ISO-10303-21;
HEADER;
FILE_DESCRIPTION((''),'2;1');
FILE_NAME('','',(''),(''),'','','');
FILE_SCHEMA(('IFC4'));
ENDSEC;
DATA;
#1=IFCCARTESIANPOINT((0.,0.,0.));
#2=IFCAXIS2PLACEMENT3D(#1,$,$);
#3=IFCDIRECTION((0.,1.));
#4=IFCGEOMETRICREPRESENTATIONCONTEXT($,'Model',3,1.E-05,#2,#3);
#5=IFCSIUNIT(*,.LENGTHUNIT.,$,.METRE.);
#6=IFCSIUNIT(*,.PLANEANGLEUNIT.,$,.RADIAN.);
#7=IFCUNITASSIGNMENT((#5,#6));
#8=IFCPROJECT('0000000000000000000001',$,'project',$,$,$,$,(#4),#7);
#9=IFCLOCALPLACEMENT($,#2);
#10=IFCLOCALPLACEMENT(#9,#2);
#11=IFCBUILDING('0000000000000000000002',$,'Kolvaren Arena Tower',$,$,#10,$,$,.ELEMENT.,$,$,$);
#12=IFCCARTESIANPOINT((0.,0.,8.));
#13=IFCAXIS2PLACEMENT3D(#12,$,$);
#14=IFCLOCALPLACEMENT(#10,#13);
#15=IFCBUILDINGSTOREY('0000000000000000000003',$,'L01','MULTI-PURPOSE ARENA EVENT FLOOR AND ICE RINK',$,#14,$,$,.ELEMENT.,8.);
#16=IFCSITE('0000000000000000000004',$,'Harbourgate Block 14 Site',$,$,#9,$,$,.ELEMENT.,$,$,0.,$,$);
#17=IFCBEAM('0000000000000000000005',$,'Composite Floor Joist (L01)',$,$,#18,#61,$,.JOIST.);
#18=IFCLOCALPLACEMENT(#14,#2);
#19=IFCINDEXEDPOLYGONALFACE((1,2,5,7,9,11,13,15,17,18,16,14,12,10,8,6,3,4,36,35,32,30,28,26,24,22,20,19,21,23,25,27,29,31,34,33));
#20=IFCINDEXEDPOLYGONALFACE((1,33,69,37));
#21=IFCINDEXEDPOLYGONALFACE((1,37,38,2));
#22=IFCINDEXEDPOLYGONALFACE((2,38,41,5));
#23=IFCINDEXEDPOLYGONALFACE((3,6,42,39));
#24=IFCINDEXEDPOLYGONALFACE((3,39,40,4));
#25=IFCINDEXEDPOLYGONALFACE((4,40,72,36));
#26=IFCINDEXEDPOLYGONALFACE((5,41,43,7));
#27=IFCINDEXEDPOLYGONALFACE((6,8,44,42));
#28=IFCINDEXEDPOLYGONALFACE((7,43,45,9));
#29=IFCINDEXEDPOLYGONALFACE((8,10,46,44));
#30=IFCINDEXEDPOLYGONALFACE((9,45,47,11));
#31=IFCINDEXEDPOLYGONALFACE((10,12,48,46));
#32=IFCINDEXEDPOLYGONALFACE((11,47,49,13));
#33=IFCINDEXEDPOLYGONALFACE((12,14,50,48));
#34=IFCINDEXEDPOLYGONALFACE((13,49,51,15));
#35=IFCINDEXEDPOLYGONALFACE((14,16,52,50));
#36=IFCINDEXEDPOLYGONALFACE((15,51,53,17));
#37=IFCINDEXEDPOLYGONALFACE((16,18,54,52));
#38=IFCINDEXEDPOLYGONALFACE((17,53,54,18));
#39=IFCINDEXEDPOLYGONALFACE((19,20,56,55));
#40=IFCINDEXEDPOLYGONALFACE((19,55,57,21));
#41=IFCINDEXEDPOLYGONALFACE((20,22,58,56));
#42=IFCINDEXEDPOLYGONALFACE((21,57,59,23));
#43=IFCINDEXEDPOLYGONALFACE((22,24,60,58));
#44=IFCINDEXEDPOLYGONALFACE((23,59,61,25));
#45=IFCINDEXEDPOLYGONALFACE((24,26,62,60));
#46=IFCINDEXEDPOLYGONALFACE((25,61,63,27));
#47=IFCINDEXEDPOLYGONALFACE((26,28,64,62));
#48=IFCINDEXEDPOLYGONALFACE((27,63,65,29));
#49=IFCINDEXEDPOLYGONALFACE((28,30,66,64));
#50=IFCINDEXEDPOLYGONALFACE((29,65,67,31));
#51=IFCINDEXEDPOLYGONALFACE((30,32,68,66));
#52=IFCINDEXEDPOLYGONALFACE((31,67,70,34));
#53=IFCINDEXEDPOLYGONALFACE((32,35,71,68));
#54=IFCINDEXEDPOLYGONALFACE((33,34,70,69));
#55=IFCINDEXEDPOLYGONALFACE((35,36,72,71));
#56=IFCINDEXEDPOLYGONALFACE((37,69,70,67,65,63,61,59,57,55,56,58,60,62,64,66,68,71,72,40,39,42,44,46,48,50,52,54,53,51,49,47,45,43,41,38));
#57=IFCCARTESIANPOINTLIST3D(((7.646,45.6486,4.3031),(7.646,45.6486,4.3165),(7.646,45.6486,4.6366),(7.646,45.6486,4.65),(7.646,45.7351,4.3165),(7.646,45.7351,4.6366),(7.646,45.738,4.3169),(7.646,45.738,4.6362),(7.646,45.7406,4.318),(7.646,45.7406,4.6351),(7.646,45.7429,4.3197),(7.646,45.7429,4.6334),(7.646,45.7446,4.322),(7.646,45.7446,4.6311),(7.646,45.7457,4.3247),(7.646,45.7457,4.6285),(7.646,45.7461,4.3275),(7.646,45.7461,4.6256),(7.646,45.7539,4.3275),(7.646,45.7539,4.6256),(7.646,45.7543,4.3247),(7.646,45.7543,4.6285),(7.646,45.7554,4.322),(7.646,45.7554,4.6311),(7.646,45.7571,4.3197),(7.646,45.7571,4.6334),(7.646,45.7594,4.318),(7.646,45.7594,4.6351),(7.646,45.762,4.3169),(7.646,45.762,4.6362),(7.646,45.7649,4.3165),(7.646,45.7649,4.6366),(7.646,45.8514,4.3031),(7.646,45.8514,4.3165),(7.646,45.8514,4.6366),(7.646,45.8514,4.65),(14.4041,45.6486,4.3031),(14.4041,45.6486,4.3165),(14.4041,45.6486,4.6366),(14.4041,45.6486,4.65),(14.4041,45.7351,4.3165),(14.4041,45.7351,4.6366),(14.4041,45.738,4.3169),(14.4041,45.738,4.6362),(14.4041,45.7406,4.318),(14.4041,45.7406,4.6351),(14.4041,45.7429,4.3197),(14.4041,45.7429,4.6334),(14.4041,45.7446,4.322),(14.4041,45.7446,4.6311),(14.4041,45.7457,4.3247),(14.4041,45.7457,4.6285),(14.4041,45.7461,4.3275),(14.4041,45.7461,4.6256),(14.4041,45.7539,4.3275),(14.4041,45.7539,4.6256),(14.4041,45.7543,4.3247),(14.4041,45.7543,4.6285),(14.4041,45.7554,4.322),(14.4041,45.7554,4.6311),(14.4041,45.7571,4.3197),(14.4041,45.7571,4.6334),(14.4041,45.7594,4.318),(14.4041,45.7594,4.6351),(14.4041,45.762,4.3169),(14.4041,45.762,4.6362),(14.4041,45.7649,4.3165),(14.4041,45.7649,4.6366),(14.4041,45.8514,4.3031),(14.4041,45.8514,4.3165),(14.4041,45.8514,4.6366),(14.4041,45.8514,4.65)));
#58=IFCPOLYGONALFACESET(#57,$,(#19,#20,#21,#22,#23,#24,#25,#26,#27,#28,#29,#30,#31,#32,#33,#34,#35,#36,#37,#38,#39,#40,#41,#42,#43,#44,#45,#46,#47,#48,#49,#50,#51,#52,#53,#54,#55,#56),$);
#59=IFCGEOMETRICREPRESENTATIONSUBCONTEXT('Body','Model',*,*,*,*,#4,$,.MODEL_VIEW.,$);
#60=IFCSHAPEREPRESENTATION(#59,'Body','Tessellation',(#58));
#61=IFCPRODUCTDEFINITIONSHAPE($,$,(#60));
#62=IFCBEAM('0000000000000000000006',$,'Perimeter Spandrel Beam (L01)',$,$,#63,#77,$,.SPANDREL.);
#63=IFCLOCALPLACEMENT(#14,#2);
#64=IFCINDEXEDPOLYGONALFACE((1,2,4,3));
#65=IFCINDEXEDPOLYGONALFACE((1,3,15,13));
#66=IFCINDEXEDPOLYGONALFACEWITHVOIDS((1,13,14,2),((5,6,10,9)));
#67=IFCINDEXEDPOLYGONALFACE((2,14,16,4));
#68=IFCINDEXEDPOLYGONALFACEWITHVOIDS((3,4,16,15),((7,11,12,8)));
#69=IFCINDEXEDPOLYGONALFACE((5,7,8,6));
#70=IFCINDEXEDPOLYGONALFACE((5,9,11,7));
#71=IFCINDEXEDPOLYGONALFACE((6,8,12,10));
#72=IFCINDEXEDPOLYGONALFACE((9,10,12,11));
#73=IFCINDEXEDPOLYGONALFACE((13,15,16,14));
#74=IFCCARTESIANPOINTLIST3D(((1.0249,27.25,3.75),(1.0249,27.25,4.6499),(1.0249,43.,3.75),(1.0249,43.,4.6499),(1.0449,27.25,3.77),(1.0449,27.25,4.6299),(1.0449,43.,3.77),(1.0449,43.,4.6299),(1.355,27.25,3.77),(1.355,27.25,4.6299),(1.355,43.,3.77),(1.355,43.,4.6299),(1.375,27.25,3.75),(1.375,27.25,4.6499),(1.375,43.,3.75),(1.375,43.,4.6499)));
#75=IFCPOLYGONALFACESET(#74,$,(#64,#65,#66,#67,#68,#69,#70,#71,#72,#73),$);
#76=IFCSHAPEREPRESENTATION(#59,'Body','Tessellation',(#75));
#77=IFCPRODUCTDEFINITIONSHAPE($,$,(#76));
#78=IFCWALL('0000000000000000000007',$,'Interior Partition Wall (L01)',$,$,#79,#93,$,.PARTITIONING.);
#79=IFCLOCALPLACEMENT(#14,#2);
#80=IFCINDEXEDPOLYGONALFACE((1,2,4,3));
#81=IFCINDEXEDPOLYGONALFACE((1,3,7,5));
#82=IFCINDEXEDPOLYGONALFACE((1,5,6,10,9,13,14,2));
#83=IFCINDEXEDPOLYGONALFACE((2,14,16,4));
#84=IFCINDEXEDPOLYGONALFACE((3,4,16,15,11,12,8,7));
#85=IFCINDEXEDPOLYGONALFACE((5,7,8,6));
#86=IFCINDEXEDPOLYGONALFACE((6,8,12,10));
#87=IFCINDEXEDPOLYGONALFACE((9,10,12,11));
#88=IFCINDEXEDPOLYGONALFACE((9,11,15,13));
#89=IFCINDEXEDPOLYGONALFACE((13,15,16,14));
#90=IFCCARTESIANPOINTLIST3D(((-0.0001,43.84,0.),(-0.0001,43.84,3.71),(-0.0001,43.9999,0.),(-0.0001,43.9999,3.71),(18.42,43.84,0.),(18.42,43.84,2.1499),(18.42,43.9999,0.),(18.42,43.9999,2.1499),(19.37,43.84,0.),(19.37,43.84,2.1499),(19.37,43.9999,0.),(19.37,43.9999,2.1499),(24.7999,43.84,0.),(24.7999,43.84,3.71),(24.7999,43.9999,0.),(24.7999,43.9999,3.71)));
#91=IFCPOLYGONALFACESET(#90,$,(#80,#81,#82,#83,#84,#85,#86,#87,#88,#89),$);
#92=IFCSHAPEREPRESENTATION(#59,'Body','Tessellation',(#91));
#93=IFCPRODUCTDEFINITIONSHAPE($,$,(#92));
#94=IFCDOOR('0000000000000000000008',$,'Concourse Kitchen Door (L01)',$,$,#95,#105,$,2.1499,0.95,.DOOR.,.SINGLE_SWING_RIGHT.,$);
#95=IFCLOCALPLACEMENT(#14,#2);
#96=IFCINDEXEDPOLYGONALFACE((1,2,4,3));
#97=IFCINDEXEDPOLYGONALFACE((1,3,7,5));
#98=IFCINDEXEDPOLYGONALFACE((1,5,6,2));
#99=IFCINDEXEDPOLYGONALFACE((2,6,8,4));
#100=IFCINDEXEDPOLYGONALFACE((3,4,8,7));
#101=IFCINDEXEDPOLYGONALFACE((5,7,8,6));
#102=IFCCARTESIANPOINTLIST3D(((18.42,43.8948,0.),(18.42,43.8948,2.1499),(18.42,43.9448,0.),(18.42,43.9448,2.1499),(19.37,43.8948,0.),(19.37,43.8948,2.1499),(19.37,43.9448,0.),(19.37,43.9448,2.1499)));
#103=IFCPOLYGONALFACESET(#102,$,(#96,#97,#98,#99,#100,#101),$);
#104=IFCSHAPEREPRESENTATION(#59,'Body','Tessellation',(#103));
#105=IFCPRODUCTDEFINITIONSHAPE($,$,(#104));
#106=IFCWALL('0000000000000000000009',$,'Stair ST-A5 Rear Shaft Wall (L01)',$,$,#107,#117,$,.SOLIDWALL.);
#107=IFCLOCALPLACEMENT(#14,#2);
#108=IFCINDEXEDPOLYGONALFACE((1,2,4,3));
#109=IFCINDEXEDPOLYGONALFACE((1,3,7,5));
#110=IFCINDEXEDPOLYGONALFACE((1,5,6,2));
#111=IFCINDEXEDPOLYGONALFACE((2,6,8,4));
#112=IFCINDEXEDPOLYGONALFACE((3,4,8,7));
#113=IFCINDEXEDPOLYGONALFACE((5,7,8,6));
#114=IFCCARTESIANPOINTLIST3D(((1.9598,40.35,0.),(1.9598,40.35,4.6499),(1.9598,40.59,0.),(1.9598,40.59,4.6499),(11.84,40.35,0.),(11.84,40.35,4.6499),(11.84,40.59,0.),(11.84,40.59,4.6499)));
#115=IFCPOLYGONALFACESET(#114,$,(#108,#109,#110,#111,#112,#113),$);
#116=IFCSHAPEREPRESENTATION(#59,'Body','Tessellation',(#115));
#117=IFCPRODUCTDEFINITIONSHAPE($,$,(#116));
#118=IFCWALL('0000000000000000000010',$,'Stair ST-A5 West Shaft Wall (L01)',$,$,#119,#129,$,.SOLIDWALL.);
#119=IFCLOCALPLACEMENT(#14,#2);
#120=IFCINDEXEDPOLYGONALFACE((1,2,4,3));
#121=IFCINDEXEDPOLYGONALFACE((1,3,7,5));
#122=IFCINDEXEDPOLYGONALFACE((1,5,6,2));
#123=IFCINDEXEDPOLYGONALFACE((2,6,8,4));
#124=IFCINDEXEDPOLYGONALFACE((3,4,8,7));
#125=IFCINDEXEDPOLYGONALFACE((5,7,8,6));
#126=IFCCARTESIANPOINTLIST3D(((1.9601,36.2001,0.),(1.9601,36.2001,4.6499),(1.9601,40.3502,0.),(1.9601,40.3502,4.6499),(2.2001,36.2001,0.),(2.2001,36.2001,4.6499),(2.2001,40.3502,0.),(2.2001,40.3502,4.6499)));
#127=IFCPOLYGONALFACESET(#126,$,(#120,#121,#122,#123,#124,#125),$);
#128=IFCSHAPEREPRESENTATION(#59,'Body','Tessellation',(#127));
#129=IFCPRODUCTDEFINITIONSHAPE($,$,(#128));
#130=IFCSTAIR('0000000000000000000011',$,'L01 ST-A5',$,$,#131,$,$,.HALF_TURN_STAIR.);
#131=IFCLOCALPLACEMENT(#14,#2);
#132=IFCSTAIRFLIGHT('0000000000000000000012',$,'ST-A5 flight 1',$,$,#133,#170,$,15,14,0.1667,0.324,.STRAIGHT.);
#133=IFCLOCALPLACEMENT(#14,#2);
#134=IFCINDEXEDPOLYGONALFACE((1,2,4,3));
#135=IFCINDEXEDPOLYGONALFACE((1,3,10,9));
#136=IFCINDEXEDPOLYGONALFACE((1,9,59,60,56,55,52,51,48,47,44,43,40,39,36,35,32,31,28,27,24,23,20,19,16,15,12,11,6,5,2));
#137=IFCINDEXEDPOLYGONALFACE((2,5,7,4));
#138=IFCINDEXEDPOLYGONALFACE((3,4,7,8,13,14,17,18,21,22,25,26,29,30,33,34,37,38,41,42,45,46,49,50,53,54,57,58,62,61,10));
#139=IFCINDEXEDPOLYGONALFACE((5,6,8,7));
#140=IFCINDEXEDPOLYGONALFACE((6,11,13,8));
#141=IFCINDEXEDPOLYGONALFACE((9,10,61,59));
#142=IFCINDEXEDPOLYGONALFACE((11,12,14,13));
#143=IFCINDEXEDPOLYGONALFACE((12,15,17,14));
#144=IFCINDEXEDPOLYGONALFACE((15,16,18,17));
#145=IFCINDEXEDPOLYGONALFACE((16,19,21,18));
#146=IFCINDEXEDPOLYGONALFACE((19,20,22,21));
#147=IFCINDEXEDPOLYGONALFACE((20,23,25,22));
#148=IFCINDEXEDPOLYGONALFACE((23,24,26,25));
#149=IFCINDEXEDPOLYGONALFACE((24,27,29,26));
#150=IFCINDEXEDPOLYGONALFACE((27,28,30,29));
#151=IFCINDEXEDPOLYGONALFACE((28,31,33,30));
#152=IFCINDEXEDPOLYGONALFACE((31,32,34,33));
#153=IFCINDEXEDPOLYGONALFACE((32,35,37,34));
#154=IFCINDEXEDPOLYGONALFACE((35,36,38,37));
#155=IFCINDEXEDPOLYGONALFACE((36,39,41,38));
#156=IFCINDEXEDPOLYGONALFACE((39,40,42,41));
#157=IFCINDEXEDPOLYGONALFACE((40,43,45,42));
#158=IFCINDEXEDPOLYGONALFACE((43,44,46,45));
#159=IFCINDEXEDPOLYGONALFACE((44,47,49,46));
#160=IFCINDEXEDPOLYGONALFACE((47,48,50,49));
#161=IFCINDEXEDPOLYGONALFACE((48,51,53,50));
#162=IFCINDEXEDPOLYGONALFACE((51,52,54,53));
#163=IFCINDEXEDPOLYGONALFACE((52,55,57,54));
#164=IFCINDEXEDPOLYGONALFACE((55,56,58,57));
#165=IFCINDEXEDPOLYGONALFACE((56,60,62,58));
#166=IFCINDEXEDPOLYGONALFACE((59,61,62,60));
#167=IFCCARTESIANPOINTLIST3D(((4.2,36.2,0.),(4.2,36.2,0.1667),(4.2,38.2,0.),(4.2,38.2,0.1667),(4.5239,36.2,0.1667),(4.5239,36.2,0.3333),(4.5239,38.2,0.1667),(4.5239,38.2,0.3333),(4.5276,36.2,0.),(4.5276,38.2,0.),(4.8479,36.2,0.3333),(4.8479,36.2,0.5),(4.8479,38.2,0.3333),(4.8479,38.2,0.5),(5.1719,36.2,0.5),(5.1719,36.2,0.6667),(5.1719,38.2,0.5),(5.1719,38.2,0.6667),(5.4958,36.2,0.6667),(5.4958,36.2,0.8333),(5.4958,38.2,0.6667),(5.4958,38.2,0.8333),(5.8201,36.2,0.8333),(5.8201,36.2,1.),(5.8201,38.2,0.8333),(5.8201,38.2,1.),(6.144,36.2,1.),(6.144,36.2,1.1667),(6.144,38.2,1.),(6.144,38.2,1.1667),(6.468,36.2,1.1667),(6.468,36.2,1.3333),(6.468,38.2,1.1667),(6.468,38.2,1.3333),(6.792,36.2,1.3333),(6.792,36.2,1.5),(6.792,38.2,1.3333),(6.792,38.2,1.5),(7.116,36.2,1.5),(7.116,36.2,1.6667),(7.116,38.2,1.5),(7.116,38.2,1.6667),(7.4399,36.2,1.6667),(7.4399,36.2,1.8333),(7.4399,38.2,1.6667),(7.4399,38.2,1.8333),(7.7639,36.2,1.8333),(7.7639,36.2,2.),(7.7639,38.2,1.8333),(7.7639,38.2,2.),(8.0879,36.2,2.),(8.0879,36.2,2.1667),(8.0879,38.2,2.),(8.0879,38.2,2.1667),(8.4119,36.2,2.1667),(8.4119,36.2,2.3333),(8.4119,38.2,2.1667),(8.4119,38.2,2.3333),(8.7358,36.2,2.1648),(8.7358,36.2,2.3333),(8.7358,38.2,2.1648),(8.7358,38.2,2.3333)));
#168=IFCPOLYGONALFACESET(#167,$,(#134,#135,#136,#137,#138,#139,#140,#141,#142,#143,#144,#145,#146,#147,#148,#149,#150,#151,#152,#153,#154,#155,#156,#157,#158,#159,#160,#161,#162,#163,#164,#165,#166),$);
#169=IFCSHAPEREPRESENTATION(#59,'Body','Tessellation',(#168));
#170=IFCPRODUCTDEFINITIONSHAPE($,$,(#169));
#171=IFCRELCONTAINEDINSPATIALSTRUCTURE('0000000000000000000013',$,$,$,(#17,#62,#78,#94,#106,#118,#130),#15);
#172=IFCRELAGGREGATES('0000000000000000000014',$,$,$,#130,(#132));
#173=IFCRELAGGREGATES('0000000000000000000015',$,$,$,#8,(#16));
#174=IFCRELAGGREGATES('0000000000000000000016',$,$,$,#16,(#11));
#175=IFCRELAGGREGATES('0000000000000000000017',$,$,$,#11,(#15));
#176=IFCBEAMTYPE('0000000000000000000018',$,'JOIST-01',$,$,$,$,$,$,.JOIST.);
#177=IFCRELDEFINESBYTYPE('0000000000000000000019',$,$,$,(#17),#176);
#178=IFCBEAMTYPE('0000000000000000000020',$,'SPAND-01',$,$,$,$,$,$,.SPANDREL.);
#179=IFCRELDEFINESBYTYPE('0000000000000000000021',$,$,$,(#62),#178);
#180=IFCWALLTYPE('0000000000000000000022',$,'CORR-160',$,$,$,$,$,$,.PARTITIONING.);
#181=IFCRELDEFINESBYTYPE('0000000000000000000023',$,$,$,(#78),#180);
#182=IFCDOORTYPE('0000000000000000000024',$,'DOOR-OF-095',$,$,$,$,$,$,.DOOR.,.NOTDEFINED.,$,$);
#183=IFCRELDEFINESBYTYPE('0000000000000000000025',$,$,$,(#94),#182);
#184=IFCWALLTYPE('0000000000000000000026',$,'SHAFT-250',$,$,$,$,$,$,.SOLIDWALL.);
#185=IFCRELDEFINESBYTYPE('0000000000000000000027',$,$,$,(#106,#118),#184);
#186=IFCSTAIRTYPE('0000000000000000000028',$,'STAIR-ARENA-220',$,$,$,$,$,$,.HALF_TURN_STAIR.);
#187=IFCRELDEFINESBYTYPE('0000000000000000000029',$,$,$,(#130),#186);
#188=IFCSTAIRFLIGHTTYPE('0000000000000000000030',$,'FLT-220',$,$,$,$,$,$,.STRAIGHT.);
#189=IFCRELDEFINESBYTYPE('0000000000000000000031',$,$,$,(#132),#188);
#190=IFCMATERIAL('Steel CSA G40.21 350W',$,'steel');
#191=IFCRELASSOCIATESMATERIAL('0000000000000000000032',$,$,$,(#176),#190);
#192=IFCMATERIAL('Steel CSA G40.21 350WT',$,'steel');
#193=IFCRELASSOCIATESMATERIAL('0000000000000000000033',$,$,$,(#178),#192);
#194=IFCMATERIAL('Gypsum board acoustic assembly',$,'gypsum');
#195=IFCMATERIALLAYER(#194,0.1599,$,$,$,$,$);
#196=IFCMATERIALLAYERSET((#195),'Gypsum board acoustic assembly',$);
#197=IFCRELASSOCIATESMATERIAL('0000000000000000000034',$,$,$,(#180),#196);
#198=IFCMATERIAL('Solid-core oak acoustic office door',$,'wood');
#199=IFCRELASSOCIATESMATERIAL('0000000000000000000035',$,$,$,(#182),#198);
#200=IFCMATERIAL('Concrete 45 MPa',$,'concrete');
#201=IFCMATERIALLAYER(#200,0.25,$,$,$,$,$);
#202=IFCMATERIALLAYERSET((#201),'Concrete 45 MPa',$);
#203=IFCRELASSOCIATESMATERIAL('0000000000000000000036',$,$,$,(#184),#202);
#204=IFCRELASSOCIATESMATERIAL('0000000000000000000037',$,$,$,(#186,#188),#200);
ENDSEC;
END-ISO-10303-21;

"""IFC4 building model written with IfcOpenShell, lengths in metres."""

from ifc_helpers import new_model, si_unit, direction, frame, frame_2d, origin, origin_2d, place, context, subcontext, project, spatial, polyline, rectangle, hollow_rectangle, i_section, outline, extrude, material, layer, layer_set, material_profile, profile_set, type_object, element, fill, aggregate, save


model = new_model("IFC4")

# Units and contexts
model_context = context("Model", 3, precision=1e-05, world=origin(), true_north=direction((0.0, 1.0)))
body_context = subcontext(model_context, "Body", "Model", "MODEL_VIEW")
ifc_project = project(units=[si_unit("LENGTHUNIT", "METRE"), si_unit("PLANEANGLEUNIT", "RADIAN")], contexts=[model_context])

# Site, building, storey
site_placement = place(None, origin())
site = spatial("IfcSite", under=ifc_project, at=site_placement, Name="Harbourgate Block 14 Site", CompositionType="ELEMENT", RefElevation=0.0)
building_placement = place(site_placement, origin())
building = spatial("IfcBuilding", under=site, at=building_placement, Name="Kolvaren Arena Tower", CompositionType="ELEMENT")
storey_placement = place(building_placement, frame((0.0, 0.0, 8.0)))
storey = spatial("IfcBuildingStorey", under=building, at=storey_placement, Name="L01", Description="MULTI-PURPOSE ARENA EVENT FLOOR AND ICE RINK", CompositionType="ELEMENT", Elevation=8.0)

# Beams
ifc_material_1 = material(Name="Steel CSA G40.21 350W", Category="steel")
ifc_material_profile_1 = material_profile(ifc_material_1, i_section(OverallWidth=0.2029, OverallDepth=0.3469, WebThickness=0.0078, FlangeThickness=0.0134, FilletRadius=0.011, at=origin_2d()), Name="W360x64")
ifc_profile_set_1 = profile_set([ifc_material_profile_1], Name="Steel CSA G40.21 350W")
beam_type_1 = type_object("IfcBeamType", Name="JOIST-01", PredefinedType="JOIST", material=ifc_profile_set_1)
beam_1_placement = place(storey_placement, frame((7.646, 45.75, 4.4766), z_axis=(1.0, 0.0, 0.0), x_axis=(0.0, 1.0, 0.0)))
element("IfcBeam", 1, at=beam_1_placement, inside=storey, type_object=beam_type_1, Name="Composite Floor Joist (L01)", PredefinedType="JOIST", context=body_context, shape_type="SweptSolid", body=[
    extrude(i_section(OverallWidth=0.2029, OverallDepth=0.3469, WebThickness=0.0078, FlangeThickness=0.0134, FilletRadius=0.011, at=origin_2d()), origin(), (0.0, 0.0, 1.0), 6.7581),
])
ifc_material_2 = material(Name="Steel CSA G40.21 350WT", Category="steel")
ifc_material_profile_2 = material_profile(ifc_material_2, hollow_rectangle(XDim=0.3501, YDim=0.8999, WallThickness=0.02, at=origin_2d()), Name="HSS 900x350x20")
ifc_profile_set_2 = profile_set([ifc_material_profile_2], Name="Steel CSA G40.21 350WT")
beam_type_2 = type_object("IfcBeamType", Name="SPAND-01", PredefinedType="SPANDREL", material=ifc_profile_set_2)
beam_2_placement = place(storey_placement, frame((1.2, 43.0, 4.2), z_axis=(0.0, -1.0, 0.0), x_axis=(1.0, 0.0, 0.0)))
element("IfcBeam", 2, at=beam_2_placement, inside=storey, type_object=beam_type_2, Name="Perimeter Spandrel Beam (L01)", PredefinedType="SPANDREL", context=body_context, shape_type="SweptSolid", body=[
    extrude(hollow_rectangle(XDim=0.3501, YDim=0.8999, WallThickness=0.02, at=origin_2d()), origin(), (0.0, 0.0, 1.0), 15.75),
])

# Wall, opening, door
ifc_material_3 = material(Name="Gypsum board acoustic assembly", Category="gypsum")
ifc_layer_1 = layer(ifc_material_3, 0.1599)
ifc_layer_set_1 = layer_set([ifc_layer_1], Name="Gypsum board acoustic assembly")
wall_type_1 = type_object("IfcWallType", Name="CORR-160", PredefinedType="PARTITIONING", material=ifc_layer_set_1)
wall_1_placement = place(storey_placement, frame((0.0, 43.9199, 0.0), z_axis=(0.0, 0.0, 1.0), x_axis=(1.0, 0.0, 0.0)))
wall_1 = element("IfcWall", 3, at=wall_1_placement, inside=storey, type_object=wall_type_1, Name="Interior Partition Wall (L01)", PredefinedType="PARTITIONING", context=body_context, shape_type="SweptSolid", body=[
    extrude(rectangle(XDim=24.8, YDim=0.1599, at=frame_2d((12.3999, 0.0))), origin(), (0.0, 0.0, 1.0), 3.71),
])
opening_placement = place(wall_1_placement, frame((18.4199, 0.0, 0.0)))
opening = element("IfcOpeningElement", 4, at=opening_placement, cuts=wall_1, PredefinedType="OPENING", context=body_context, shape_type="SweptSolid", body=[
    extrude(rectangle(XDim=0.95, YDim=2.1499, at=frame_2d((0.4751, 1.075))), frame((0.0, 0.0898, 0.0), z_axis=(0.0, -1.0, 0.0), x_axis=(1.0, 0.0, 0.0)), (0.0, 0.0, 1.0), 0.1799),
])
ifc_material_4 = material(Name="Solid-core oak acoustic office door", Category="wood")
door_type = type_object("IfcDoorType", Name="DOOR-OF-095", OperationType="NOTDEFINED", PredefinedType="DOOR", material=ifc_material_4)
door_placement = place(opening_placement, origin())
door = element("IfcDoor", 5, at=door_placement, inside=storey, type_object=door_type, Name="Concourse Kitchen Door (L01)", OperationType="SINGLE_SWING_RIGHT", OverallHeight=2.1499, OverallWidth=0.95, PredefinedType="DOOR", context=body_context, shape_type="SweptSolid", body=[
    extrude(rectangle(XDim=0.95, YDim=2.1499, at=frame_2d((0.4751, 1.075))), frame((0.0, 0.0249, 0.0), z_axis=(0.0, -1.0, 0.0), x_axis=(1.0, 0.0, 0.0)), (0.0, 0.0, 1.0), 0.05),
])
fill(opening, door)

# Walls
ifc_material_5 = material(Name="Concrete 45 MPa", Category="concrete")
ifc_layer_2 = layer(ifc_material_5, 0.25)
ifc_layer_set_2 = layer_set([ifc_layer_2], Name="Concrete 45 MPa")
wall_type_2 = type_object("IfcWallType", Name="SHAFT-250", PredefinedType="SOLIDWALL", material=ifc_layer_set_2)
wall_2_placement = place(storey_placement, frame((1.96, 40.47, 0.0), z_axis=(0.0, 0.0, 1.0), x_axis=(1.0, 0.0, 0.0)))
element("IfcWall", 6, at=wall_2_placement, inside=storey, type_object=wall_type_2, Name="Stair ST-A5 Rear Shaft Wall (L01)", PredefinedType="SOLIDWALL", context=body_context, shape_type="SweptSolid", body=[
    extrude(rectangle(XDim=9.8801, YDim=0.24, at=frame_2d((4.9399, 0.0))), origin(), (0.0, 0.0, 1.0), 4.6499),
])
wall_3_placement = place(storey_placement, frame((2.0801, 36.2, 0.0), z_axis=(0.0, 0.0, 1.0), x_axis=(0.0, 1.0, 0.0)))
element("IfcWall", 7, at=wall_3_placement, inside=storey, type_object=wall_type_2, Name="Stair ST-A5 West Shaft Wall (L01)", PredefinedType="SOLIDWALL", context=body_context, shape_type="SweptSolid", body=[
    extrude(rectangle(XDim=4.1501, YDim=0.24, at=frame_2d((2.0752, 0.0))), origin(), (0.0, 0.0, 1.0), 4.6499),
])

# Stair, stair flight
stair_type = type_object("IfcStairType", Name="STAIR-ARENA-220", PredefinedType="HALF_TURN_STAIR", material=ifc_material_5)
stair_placement = place(storey_placement, origin())
stair = element("IfcStair", 8, at=stair_placement, inside=storey, type_object=stair_type, Name="L01 ST-A5", PredefinedType="HALF_TURN_STAIR")
stair_flight_type = type_object("IfcStairFlightType", Name="FLT-220", PredefinedType="STRAIGHT", material=ifc_material_5)
stair_flight_1_placement = place(storey_placement, frame((4.2, 37.2, 0.0), z_axis=(0.0, 0.0, 1.0), x_axis=(1.0, 0.0, 0.0)))
stair_flight_1 = element("IfcStairFlight", 9, at=stair_flight_1_placement, type_object=stair_flight_type, Name="ST-A5 flight 1", NumberOfRisers=15, NumberOfTreads=14, PredefinedType="STRAIGHT", RiserHeight=0.1667, TreadLength=0.324, context=body_context, shape_type="SweptSolid", body=[
    extrude(outline(polyline([(0.0, 0.0), (0.0, 0.1667), (0.324, 0.1667), (0.324, 0.3333), (0.6479, 0.3333), (0.6479, 0.5), (0.9719, 0.5), (0.9719, 0.6667), (1.2959, 0.6667), (1.2959, 0.8333), (1.6201, 0.8333), (1.6201, 1.0), (1.9441, 1.0), (1.9441, 1.1667), (2.2681, 1.1667), (2.2681, 1.3333), (2.592, 1.3333), (2.592, 1.5), (2.916, 1.5), (2.916, 1.6667), (3.24, 1.6667), (3.24, 1.8333), (3.564, 1.8333), (3.564, 2.0), (3.8879, 2.0), (3.8879, 2.1667), (4.2119, 2.1667), (4.2119, 2.3333), (4.5359, 2.3333), (4.5359, 2.5), (4.5359, 2.1648), (0.3276, 0.0), (0.0, 0.0)])), frame((0.0, 1.0, 0.0), z_axis=(0.0, -1.0, 0.0), x_axis=(1.0, 0.0, 0.0)), (0.0, 0.0, 1.0), 2.0),
])
aggregate(stair, [stair_flight_1])

save(model, "model.ifc")
